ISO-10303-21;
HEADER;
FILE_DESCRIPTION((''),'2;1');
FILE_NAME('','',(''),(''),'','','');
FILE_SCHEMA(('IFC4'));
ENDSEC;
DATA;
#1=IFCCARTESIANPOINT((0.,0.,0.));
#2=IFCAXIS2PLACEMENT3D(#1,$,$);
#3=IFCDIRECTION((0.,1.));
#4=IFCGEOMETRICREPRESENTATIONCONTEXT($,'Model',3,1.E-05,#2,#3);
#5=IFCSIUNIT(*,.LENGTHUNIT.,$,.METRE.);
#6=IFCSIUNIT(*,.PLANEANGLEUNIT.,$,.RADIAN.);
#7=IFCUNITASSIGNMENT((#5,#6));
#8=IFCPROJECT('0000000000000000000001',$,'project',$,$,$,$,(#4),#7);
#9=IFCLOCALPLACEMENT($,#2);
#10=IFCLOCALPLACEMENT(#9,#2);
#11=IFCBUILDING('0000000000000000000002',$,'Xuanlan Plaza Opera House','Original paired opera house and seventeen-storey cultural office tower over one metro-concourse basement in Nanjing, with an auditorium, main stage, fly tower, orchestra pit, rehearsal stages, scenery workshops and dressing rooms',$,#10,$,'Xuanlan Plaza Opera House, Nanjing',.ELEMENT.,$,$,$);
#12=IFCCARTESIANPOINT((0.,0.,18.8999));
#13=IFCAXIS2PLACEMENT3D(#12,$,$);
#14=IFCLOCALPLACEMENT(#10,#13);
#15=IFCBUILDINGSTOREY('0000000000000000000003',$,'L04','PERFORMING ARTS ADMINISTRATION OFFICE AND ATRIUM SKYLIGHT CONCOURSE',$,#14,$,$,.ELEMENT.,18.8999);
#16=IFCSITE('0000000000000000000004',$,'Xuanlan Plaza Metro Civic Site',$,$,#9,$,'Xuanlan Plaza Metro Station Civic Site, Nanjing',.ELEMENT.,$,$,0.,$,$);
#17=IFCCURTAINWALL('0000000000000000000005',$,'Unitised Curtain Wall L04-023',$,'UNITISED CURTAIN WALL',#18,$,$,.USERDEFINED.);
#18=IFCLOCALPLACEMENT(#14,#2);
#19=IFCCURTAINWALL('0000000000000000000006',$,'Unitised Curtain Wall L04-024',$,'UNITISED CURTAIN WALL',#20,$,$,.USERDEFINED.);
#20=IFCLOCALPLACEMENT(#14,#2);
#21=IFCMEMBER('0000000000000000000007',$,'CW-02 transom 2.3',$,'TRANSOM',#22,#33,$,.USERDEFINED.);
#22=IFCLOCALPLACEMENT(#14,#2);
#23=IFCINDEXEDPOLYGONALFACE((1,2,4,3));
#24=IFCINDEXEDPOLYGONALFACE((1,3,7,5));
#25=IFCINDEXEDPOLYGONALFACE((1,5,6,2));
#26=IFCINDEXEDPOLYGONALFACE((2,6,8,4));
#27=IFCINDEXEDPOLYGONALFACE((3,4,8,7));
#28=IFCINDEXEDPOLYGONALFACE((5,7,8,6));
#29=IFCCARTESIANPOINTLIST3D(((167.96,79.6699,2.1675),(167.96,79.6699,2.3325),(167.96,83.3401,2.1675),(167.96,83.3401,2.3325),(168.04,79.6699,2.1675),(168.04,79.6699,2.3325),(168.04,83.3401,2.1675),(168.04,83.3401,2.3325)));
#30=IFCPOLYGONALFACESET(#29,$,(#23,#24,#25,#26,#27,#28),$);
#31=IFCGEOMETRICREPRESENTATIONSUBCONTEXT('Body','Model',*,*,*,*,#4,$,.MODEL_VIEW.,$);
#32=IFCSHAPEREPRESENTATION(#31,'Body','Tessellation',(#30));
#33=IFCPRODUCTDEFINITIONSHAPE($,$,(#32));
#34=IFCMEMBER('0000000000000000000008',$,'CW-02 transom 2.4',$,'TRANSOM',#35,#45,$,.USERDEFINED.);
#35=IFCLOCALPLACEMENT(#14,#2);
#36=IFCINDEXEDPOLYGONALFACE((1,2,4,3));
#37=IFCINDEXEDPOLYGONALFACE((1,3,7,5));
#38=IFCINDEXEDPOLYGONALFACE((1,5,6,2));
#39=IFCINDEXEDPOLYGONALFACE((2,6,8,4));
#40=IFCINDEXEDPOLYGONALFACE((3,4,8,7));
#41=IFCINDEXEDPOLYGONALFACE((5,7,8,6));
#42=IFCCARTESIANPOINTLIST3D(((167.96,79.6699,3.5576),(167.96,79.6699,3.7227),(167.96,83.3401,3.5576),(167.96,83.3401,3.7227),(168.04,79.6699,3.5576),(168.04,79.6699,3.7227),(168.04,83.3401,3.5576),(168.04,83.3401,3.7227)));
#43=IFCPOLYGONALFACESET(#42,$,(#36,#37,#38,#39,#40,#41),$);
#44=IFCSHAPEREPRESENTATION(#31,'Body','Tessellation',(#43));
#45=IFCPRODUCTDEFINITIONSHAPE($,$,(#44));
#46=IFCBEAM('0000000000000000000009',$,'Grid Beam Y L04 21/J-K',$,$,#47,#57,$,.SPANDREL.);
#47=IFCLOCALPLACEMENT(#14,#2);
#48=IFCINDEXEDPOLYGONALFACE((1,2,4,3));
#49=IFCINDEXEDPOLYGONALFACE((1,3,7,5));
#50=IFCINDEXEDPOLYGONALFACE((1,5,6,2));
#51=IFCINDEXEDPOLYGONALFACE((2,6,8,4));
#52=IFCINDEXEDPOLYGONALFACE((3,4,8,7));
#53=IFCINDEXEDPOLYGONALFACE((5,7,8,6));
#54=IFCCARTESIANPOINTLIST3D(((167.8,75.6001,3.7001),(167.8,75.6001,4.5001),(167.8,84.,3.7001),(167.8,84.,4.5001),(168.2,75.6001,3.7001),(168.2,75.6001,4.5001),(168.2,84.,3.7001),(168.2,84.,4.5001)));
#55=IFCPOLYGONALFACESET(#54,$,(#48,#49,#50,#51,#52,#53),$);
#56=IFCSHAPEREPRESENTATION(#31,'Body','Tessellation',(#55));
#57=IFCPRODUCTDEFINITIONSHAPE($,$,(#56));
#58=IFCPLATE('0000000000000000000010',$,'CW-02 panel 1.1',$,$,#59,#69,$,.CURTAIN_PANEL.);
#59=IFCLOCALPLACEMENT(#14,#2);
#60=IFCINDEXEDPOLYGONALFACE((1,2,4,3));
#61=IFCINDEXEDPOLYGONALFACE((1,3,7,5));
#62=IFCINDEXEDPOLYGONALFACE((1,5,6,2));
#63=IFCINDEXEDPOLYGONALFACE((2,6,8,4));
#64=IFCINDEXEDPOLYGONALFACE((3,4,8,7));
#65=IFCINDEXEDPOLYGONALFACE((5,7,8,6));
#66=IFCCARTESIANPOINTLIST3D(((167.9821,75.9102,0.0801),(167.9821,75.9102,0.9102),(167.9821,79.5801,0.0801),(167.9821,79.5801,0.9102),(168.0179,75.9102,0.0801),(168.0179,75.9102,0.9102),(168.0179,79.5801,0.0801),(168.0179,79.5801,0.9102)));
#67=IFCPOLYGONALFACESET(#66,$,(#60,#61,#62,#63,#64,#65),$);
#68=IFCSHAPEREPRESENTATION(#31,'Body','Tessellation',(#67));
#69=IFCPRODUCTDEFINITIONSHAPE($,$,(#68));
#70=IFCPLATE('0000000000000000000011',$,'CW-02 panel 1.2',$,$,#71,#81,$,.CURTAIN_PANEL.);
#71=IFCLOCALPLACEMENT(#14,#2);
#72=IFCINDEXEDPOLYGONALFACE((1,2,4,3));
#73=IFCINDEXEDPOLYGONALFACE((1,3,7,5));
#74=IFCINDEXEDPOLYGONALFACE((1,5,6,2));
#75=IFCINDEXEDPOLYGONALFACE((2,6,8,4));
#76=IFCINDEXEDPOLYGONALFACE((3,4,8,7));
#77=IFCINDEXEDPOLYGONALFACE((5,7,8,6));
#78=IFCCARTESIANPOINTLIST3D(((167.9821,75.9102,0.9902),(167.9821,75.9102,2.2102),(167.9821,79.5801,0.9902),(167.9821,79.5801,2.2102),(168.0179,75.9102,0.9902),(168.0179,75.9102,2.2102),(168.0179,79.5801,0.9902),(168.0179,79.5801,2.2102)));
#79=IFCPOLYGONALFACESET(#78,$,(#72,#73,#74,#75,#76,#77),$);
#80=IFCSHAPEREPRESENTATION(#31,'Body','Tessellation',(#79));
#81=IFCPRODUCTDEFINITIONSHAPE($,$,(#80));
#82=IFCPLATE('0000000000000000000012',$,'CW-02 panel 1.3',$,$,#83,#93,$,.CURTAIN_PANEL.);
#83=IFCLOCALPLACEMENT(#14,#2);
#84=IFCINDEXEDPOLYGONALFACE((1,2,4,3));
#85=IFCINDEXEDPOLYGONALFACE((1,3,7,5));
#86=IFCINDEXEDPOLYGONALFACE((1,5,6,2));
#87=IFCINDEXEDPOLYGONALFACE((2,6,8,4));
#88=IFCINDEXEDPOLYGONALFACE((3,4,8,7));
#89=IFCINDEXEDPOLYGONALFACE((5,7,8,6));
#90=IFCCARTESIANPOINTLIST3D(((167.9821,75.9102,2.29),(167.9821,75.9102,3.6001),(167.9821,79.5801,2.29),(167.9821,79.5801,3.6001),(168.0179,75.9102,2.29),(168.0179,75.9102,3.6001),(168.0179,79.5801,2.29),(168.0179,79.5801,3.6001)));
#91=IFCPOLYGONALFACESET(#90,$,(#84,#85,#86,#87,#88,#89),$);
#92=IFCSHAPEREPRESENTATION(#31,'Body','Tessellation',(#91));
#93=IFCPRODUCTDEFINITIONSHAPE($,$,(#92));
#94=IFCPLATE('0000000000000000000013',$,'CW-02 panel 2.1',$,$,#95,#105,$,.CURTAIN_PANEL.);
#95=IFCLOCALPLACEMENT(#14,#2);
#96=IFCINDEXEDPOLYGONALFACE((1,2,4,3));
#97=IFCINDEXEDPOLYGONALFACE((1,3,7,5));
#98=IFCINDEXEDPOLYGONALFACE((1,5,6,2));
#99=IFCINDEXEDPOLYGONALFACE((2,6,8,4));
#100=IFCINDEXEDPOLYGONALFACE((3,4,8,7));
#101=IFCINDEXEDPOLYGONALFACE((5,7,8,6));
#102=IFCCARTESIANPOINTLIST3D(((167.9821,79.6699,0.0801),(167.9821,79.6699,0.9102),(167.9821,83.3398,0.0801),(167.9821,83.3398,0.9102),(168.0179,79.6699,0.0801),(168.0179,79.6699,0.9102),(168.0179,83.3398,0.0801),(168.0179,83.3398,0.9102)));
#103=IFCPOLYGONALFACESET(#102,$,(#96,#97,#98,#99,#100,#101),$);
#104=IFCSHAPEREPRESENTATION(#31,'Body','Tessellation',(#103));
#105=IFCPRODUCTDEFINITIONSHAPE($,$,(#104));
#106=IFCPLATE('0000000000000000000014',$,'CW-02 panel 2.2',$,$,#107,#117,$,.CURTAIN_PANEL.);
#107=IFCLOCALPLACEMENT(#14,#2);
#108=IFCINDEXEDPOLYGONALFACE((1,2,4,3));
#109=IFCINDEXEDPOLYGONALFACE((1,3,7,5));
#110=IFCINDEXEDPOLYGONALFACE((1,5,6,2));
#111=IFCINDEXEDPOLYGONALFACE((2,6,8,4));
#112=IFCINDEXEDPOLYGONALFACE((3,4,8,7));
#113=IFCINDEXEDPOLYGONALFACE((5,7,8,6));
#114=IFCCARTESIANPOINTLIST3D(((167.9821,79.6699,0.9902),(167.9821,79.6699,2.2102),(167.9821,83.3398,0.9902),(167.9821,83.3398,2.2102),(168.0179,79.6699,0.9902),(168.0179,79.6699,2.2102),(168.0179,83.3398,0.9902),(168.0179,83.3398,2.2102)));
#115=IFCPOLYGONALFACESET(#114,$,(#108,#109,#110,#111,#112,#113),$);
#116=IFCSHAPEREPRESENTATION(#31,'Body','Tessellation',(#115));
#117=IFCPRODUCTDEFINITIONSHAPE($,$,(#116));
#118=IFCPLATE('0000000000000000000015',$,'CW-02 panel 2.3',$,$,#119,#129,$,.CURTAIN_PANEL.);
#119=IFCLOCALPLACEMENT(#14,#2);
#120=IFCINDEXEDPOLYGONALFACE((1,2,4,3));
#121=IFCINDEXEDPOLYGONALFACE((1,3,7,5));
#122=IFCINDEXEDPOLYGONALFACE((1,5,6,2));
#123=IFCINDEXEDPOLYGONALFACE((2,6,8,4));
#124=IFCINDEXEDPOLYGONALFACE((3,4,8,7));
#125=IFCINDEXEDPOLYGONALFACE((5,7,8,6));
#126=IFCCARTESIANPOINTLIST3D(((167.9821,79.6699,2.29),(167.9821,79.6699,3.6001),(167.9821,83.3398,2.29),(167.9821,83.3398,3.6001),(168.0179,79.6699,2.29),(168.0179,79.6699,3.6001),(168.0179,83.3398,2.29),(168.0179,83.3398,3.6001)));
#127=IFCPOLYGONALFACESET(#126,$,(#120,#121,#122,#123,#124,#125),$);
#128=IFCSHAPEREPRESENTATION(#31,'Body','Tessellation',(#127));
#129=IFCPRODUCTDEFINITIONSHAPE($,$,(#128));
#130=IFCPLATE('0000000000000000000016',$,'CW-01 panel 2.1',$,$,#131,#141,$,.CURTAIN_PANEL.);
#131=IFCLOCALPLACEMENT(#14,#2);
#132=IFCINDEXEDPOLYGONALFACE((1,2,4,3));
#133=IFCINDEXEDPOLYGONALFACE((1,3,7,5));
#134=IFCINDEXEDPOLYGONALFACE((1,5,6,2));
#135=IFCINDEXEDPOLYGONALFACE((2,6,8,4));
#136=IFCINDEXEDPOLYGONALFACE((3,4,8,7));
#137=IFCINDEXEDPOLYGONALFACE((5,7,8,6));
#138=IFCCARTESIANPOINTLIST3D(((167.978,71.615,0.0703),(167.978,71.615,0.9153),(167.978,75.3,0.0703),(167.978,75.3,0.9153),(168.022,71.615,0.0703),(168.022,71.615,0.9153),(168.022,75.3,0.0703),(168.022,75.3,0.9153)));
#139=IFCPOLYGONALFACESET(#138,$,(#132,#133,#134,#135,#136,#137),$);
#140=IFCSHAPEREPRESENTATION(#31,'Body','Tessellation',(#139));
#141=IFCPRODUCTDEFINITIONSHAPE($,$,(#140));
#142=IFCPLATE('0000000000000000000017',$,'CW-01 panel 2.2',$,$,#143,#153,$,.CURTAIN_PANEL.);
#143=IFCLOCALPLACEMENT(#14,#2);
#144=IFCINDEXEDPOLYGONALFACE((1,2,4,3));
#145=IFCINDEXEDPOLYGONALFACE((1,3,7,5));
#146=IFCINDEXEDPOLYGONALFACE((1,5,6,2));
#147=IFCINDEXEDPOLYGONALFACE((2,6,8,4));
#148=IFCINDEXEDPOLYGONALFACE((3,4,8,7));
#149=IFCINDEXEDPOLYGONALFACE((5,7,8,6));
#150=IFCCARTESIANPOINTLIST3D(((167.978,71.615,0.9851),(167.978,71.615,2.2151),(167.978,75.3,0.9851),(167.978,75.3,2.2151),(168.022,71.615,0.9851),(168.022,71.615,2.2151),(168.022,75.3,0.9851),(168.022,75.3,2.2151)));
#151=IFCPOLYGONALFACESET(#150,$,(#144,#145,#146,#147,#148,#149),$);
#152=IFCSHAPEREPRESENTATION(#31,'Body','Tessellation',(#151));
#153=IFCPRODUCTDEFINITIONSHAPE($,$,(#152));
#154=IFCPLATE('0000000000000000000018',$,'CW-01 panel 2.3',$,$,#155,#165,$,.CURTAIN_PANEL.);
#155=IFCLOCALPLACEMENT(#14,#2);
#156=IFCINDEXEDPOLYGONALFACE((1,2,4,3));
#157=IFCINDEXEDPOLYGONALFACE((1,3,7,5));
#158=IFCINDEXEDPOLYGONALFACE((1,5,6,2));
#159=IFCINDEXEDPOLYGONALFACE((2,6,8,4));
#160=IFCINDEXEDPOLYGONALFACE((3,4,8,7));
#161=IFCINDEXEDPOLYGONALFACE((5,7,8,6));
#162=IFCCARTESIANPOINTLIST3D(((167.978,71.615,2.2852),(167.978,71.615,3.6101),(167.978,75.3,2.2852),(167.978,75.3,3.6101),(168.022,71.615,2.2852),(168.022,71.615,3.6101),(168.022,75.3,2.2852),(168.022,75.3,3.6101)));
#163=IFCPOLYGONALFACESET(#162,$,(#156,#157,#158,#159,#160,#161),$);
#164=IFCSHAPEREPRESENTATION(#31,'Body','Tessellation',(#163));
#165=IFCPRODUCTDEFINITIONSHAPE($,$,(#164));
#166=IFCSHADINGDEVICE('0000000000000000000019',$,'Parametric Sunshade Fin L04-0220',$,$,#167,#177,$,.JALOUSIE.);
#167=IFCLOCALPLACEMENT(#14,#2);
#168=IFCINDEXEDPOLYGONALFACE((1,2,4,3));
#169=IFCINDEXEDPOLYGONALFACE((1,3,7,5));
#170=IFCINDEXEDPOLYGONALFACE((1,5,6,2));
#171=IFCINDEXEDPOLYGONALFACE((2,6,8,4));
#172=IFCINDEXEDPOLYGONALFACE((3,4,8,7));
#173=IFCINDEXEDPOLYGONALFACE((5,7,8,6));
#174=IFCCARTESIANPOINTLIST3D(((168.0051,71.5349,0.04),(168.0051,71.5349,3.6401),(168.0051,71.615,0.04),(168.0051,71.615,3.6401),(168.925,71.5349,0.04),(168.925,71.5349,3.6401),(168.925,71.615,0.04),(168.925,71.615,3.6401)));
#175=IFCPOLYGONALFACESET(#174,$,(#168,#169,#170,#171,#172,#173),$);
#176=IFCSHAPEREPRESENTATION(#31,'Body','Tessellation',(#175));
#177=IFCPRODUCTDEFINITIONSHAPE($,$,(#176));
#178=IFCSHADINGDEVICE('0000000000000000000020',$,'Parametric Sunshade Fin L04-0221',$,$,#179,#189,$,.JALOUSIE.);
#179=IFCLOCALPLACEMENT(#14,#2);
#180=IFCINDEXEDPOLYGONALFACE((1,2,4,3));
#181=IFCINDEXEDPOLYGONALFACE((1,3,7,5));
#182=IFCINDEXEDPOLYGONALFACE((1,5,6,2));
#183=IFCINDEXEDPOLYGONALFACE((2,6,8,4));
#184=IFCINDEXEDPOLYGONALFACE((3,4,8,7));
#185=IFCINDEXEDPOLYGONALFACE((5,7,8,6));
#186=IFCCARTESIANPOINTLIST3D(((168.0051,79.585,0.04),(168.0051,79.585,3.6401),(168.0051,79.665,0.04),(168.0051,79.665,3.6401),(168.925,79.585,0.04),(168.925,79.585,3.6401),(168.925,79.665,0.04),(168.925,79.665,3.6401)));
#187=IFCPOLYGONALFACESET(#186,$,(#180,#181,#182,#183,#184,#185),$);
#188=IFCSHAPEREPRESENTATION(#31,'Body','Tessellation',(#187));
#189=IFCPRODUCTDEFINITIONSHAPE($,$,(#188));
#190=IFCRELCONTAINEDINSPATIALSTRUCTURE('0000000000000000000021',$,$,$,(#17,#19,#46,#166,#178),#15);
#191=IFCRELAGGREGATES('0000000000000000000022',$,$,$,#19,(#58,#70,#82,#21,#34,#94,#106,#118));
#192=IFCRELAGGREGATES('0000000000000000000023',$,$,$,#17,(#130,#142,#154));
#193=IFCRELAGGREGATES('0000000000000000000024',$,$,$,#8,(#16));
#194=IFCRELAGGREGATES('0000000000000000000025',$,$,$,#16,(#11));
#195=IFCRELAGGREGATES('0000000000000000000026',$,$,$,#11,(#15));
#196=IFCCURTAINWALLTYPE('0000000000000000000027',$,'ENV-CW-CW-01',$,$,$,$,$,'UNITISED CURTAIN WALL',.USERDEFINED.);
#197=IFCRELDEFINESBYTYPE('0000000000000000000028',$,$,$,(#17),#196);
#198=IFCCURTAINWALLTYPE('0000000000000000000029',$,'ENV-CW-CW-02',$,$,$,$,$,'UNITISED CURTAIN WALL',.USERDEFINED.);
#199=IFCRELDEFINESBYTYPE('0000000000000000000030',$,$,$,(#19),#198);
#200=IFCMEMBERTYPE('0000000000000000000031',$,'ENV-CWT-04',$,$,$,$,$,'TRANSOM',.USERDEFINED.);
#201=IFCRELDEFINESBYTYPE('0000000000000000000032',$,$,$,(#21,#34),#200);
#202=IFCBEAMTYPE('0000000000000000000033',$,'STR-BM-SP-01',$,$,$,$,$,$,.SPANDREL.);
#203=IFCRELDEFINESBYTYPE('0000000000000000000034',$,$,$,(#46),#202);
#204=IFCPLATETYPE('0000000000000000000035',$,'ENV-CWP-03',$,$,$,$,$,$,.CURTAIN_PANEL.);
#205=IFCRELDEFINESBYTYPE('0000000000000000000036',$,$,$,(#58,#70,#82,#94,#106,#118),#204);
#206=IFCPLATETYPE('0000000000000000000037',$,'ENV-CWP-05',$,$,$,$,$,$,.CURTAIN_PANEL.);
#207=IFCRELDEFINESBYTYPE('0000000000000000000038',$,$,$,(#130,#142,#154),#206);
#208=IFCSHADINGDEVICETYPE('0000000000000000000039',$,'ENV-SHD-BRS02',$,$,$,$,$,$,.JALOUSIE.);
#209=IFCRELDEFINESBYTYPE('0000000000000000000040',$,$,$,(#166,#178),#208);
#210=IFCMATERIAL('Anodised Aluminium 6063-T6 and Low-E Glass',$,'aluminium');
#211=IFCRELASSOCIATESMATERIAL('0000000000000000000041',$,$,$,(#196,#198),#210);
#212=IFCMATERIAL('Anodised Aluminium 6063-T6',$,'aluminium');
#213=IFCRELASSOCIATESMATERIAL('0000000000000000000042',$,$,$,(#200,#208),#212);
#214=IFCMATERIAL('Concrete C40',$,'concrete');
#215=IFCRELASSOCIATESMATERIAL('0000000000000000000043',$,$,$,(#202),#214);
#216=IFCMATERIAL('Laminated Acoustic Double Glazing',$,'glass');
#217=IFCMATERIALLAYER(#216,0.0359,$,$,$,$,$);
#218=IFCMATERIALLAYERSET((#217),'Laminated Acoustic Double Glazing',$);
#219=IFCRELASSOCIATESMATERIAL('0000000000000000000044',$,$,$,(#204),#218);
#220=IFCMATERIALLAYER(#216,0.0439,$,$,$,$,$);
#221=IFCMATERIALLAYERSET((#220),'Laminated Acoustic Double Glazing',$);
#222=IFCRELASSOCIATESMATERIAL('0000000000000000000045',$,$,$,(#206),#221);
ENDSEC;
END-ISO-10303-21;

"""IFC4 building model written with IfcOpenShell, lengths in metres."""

from ifc_helpers import new_model, si_unit, direction, frame, origin, origin_2d, place, context, subcontext, project, spatial, rectangle, extrude, material, layer, layer_set, material_profile, profile_set, type_object, element, aggregate, save


model = new_model("IFC4")

# Units and contexts
model_context = context("Model", 3, precision=1e-05, world=origin(), true_north=direction((0.0, 1.0)))
body_context = subcontext(model_context, "Body", "Model", "MODEL_VIEW")
ifc_project = project(units=[si_unit("LENGTHUNIT", "METRE"), si_unit("PLANEANGLEUNIT", "RADIAN")], contexts=[model_context])

# Site, building, storey
site_placement = place(None, origin())
site = spatial("IfcSite", under=ifc_project, at=site_placement, Name="Xuanlan Plaza Metro Civic Site", LongName="Xuanlan Plaza Metro Station Civic Site, Nanjing", CompositionType="ELEMENT", RefElevation=0.0)
building_placement = place(site_placement, origin())
building = spatial("IfcBuilding", under=site, at=building_placement, Name="Xuanlan Plaza Opera House", Description="Original paired opera house and seventeen-storey cultural office tower over one metro-concourse basement in Nanjing, with an auditorium, main stage, fly tower, orchestra pit, rehearsal stages, scenery workshops and dressing rooms", LongName="Xuanlan Plaza Opera House, Nanjing", CompositionType="ELEMENT")
storey_placement = place(building_placement, frame((0.0, 0.0, 18.8999)))
storey = spatial("IfcBuildingStorey", under=building, at=storey_placement, Name="L04", Description="PERFORMING ARTS ADMINISTRATION OFFICE AND ATRIUM SKYLIGHT CONCOURSE", CompositionType="ELEMENT", Elevation=18.8999)

# Curtain wall
ifc_material_1 = material(Name="Anodised Aluminium 6063-T6 and Low-E Glass", Category="aluminium")
curtain_wall_type_1 = type_object("IfcCurtainWallType", Name="ENV-CW-CW-01", ElementType="UNITISED CURTAIN WALL", PredefinedType="USERDEFINED", material=ifc_material_1)
curtain_wall_1_placement = place(storey_placement, origin())
curtain_wall_1 = element("IfcCurtainWall", 1, at=curtain_wall_1_placement, inside=storey, type_object=curtain_wall_type_1, Name="Unitised Curtain Wall L04-023", ObjectType="UNITISED CURTAIN WALL", PredefinedType="USERDEFINED")
ifc_material_2 = material(Name="Anodised Aluminium 6063-T6", Category="aluminium")

# Curtain wall, members
curtain_wall_type_2 = type_object("IfcCurtainWallType", Name="ENV-CW-CW-02", ElementType="UNITISED CURTAIN WALL", PredefinedType="USERDEFINED", material=ifc_material_1)
curtain_wall_2_placement = place(storey_placement, origin())
curtain_wall_2 = element("IfcCurtainWall", 2, at=curtain_wall_2_placement, inside=storey, type_object=curtain_wall_type_2, Name="Unitised Curtain Wall L04-024", ObjectType="UNITISED CURTAIN WALL", PredefinedType="USERDEFINED")
ifc_material_profile_1 = material_profile(ifc_material_2, rectangle(XDim=0.0801, YDim=0.165, at=origin_2d()), Name="ALU-T 80x165")
ifc_profile_set_1 = profile_set([ifc_material_profile_1], Name="Anodised Aluminium 6063-T6")
member_type_1 = type_object("IfcMemberType", Name="ENV-CWT-04", ElementType="TRANSOM", PredefinedType="USERDEFINED", material=ifc_profile_set_1)
member_1_placement = place(storey_placement, frame((168.0, 79.6699, 2.25), z_axis=(0.0, 1.0, 0.0), x_axis=(-1.0, 0.0, 0.0)))
member_1 = element("IfcMember", 3, at=member_1_placement, type_object=member_type_1, Name="CW-02 transom 2.3", ObjectType="TRANSOM", PredefinedType="USERDEFINED", context=body_context, shape_type="SweptSolid", body=[
    extrude(rectangle(XDim=0.0801, YDim=0.165, at=origin_2d()), origin(), (0.0, 0.0, 1.0), 3.6702),
])
member_2_placement = place(storey_placement, frame((168.0, 79.6699, 3.6401), z_axis=(0.0, 1.0, 0.0), x_axis=(-1.0, 0.0, 0.0)))
member_2 = element("IfcMember", 4, at=member_2_placement, type_object=member_type_1, Name="CW-02 transom 2.4", ObjectType="TRANSOM", PredefinedType="USERDEFINED", context=body_context, shape_type="SweptSolid", body=[
    extrude(rectangle(XDim=0.0801, YDim=0.165, at=origin_2d()), origin(), (0.0, 0.0, 1.0), 3.6702),
])

# Beam
ifc_material_3 = material(Name="Concrete C40", Category="concrete")
ifc_material_profile_2 = material_profile(ifc_material_3, rectangle(XDim=0.3999, YDim=0.8, at=origin_2d()), Name="RC-SPD 400x800")
ifc_profile_set_2 = profile_set([ifc_material_profile_2], Name="Concrete C40")
beam_type = type_object("IfcBeamType", Name="STR-BM-SP-01", PredefinedType="SPANDREL", material=ifc_profile_set_2)
beam_placement = place(storey_placement, frame((168.0, 75.6001, 4.1001), z_axis=(0.0, 1.0, 0.0), x_axis=(-1.0, 0.0, 0.0)))
element("IfcBeam", 5, at=beam_placement, inside=storey, type_object=beam_type, Name="Grid Beam Y L04 21/J-K", PredefinedType="SPANDREL", context=body_context, shape_type="SweptSolid", body=[
    extrude(rectangle(XDim=0.3999, YDim=0.8, at=origin_2d()), origin(), (0.0, 0.0, 1.0), 8.3999),
])

# Plates
ifc_material_4 = material(Name="Laminated Acoustic Double Glazing", Category="glass")
ifc_layer_1 = layer(ifc_material_4, 0.0359)
ifc_layer_set_1 = layer_set([ifc_layer_1], Name="Laminated Acoustic Double Glazing")
plate_type_1 = type_object("IfcPlateType", Name="ENV-CWP-03", PredefinedType="CURTAIN_PANEL", material=ifc_layer_set_1)
plate_1_placement = place(storey_placement, frame((168.0, 77.7451, 0.0801), z_axis=(0.0, 0.0, 1.0), x_axis=(0.0, 1.0, 0.0)))
plate_1 = element("IfcPlate", 6, at=plate_1_placement, type_object=plate_type_1, Name="CW-02 panel 1.1", PredefinedType="CURTAIN_PANEL", context=body_context, shape_type="SweptSolid", body=[
    extrude(rectangle(XDim=3.6699, YDim=0.0359, at=origin_2d()), origin(), (0.0, 0.0, 1.0), 0.8301),
])
plate_2_placement = place(storey_placement, frame((168.0, 77.7451, 0.9902), z_axis=(0.0, 0.0, 1.0), x_axis=(0.0, 1.0, 0.0)))
plate_2 = element("IfcPlate", 7, at=plate_2_placement, type_object=plate_type_1, Name="CW-02 panel 1.2", PredefinedType="CURTAIN_PANEL", context=body_context, shape_type="SweptSolid", body=[
    extrude(rectangle(XDim=3.6699, YDim=0.0359, at=origin_2d()), origin(), (0.0, 0.0, 1.0), 1.22),
])
plate_3_placement = place(storey_placement, frame((168.0, 77.7451, 2.29), z_axis=(0.0, 0.0, 1.0), x_axis=(0.0, 1.0, 0.0)))
plate_3 = element("IfcPlate", 8, at=plate_3_placement, type_object=plate_type_1, Name="CW-02 panel 1.3", PredefinedType="CURTAIN_PANEL", context=body_context, shape_type="SweptSolid", body=[
    extrude(rectangle(XDim=3.6699, YDim=0.0359, at=origin_2d()), origin(), (0.0, 0.0, 1.0), 1.3101),
])
plate_4_placement = place(storey_placement, frame((168.0, 81.5049, 0.0801), z_axis=(0.0, 0.0, 1.0), x_axis=(0.0, 1.0, 0.0)))
plate_4 = element("IfcPlate", 9, at=plate_4_placement, type_object=plate_type_1, Name="CW-02 panel 2.1", PredefinedType="CURTAIN_PANEL", context=body_context, shape_type="SweptSolid", body=[
    extrude(rectangle(XDim=3.6699, YDim=0.0359, at=origin_2d()), origin(), (0.0, 0.0, 1.0), 0.8301),
])
plate_5_placement = place(storey_placement, frame((168.0, 81.5049, 0.9902), z_axis=(0.0, 0.0, 1.0), x_axis=(0.0, 1.0, 0.0)))
plate_5 = element("IfcPlate", 10, at=plate_5_placement, type_object=plate_type_1, Name="CW-02 panel 2.2", PredefinedType="CURTAIN_PANEL", context=body_context, shape_type="SweptSolid", body=[
    extrude(rectangle(XDim=3.6699, YDim=0.0359, at=origin_2d()), origin(), (0.0, 0.0, 1.0), 1.22),
])
plate_6_placement = place(storey_placement, frame((168.0, 81.5049, 2.29), z_axis=(0.0, 0.0, 1.0), x_axis=(0.0, 1.0, 0.0)))
plate_6 = element("IfcPlate", 11, at=plate_6_placement, type_object=plate_type_1, Name="CW-02 panel 2.3", PredefinedType="CURTAIN_PANEL", context=body_context, shape_type="SweptSolid", body=[
    extrude(rectangle(XDim=3.6699, YDim=0.0359, at=origin_2d()), origin(), (0.0, 0.0, 1.0), 1.3101),
])
aggregate(curtain_wall_2, [plate_1, plate_2, plate_3, member_1, member_2, plate_4, plate_5, plate_6])
ifc_layer_2 = layer(ifc_material_4, 0.0439)
ifc_layer_set_2 = layer_set([ifc_layer_2], Name="Laminated Acoustic Double Glazing")
plate_type_2 = type_object("IfcPlateType", Name="ENV-CWP-05", PredefinedType="CURTAIN_PANEL", material=ifc_layer_set_2)
plate_7_placement = place(storey_placement, frame((168.0, 73.4575, 0.0703), z_axis=(0.0, 0.0, 1.0), x_axis=(0.0, 1.0, 0.0)))
plate_7 = element("IfcPlate", 12, at=plate_7_placement, type_object=plate_type_2, Name="CW-01 panel 2.1", PredefinedType="CURTAIN_PANEL", context=body_context, shape_type="SweptSolid", body=[
    extrude(rectangle(XDim=3.6851, YDim=0.0439, at=origin_2d()), origin(), (0.0, 0.0, 1.0), 0.845),
])
plate_8_placement = place(storey_placement, frame((168.0, 73.4575, 0.9851), z_axis=(0.0, 0.0, 1.0), x_axis=(0.0, 1.0, 0.0)))
plate_8 = element("IfcPlate", 13, at=plate_8_placement, type_object=plate_type_2, Name="CW-01 panel 2.2", PredefinedType="CURTAIN_PANEL", context=body_context, shape_type="SweptSolid", body=[
    extrude(rectangle(XDim=3.6851, YDim=0.0439, at=origin_2d()), origin(), (0.0, 0.0, 1.0), 1.23),
])
plate_9_placement = place(storey_placement, frame((168.0, 73.4575, 2.2852), z_axis=(0.0, 0.0, 1.0), x_axis=(0.0, 1.0, 0.0)))
plate_9 = element("IfcPlate", 14, at=plate_9_placement, type_object=plate_type_2, Name="CW-01 panel 2.3", PredefinedType="CURTAIN_PANEL", context=body_context, shape_type="SweptSolid", body=[
    extrude(rectangle(XDim=3.6851, YDim=0.0439, at=origin_2d()), origin(), (0.0, 0.0, 1.0), 1.325),
])
aggregate(curtain_wall_1, [plate_7, plate_8, plate_9])

# Shading devices
shading_device_type = type_object("IfcShadingDeviceType", Name="ENV-SHD-BRS02", PredefinedType="JALOUSIE", material=ifc_material_2)
for number, where, z_axis, x_axis, name in (
    (15, (168.4651, 71.575, 0.04), (0.0, 0.0, 1.0), (1.0, 0.0, 0.0), "Parametric Sunshade Fin L04-0220"),
    (16, (168.4651, 79.625, 0.04), (0.0, 0.0, 1.0), (1.0, 0.0, 0.0), "Parametric Sunshade Fin L04-0221"),
):
    element("IfcShadingDevice", number, at=place(storey_placement, frame(where, z_axis=z_axis, x_axis=x_axis)), inside=storey, type_object=shading_device_type, Name=name, PredefinedType="JALOUSIE", context=body_context, shape_type="SweptSolid", body=[
        extrude(rectangle(XDim=0.9199, YDim=0.0801, at=origin_2d()), origin(), (0.0, 0.0, 1.0), 3.6001),
    ])

save(model, "model.ifc")
